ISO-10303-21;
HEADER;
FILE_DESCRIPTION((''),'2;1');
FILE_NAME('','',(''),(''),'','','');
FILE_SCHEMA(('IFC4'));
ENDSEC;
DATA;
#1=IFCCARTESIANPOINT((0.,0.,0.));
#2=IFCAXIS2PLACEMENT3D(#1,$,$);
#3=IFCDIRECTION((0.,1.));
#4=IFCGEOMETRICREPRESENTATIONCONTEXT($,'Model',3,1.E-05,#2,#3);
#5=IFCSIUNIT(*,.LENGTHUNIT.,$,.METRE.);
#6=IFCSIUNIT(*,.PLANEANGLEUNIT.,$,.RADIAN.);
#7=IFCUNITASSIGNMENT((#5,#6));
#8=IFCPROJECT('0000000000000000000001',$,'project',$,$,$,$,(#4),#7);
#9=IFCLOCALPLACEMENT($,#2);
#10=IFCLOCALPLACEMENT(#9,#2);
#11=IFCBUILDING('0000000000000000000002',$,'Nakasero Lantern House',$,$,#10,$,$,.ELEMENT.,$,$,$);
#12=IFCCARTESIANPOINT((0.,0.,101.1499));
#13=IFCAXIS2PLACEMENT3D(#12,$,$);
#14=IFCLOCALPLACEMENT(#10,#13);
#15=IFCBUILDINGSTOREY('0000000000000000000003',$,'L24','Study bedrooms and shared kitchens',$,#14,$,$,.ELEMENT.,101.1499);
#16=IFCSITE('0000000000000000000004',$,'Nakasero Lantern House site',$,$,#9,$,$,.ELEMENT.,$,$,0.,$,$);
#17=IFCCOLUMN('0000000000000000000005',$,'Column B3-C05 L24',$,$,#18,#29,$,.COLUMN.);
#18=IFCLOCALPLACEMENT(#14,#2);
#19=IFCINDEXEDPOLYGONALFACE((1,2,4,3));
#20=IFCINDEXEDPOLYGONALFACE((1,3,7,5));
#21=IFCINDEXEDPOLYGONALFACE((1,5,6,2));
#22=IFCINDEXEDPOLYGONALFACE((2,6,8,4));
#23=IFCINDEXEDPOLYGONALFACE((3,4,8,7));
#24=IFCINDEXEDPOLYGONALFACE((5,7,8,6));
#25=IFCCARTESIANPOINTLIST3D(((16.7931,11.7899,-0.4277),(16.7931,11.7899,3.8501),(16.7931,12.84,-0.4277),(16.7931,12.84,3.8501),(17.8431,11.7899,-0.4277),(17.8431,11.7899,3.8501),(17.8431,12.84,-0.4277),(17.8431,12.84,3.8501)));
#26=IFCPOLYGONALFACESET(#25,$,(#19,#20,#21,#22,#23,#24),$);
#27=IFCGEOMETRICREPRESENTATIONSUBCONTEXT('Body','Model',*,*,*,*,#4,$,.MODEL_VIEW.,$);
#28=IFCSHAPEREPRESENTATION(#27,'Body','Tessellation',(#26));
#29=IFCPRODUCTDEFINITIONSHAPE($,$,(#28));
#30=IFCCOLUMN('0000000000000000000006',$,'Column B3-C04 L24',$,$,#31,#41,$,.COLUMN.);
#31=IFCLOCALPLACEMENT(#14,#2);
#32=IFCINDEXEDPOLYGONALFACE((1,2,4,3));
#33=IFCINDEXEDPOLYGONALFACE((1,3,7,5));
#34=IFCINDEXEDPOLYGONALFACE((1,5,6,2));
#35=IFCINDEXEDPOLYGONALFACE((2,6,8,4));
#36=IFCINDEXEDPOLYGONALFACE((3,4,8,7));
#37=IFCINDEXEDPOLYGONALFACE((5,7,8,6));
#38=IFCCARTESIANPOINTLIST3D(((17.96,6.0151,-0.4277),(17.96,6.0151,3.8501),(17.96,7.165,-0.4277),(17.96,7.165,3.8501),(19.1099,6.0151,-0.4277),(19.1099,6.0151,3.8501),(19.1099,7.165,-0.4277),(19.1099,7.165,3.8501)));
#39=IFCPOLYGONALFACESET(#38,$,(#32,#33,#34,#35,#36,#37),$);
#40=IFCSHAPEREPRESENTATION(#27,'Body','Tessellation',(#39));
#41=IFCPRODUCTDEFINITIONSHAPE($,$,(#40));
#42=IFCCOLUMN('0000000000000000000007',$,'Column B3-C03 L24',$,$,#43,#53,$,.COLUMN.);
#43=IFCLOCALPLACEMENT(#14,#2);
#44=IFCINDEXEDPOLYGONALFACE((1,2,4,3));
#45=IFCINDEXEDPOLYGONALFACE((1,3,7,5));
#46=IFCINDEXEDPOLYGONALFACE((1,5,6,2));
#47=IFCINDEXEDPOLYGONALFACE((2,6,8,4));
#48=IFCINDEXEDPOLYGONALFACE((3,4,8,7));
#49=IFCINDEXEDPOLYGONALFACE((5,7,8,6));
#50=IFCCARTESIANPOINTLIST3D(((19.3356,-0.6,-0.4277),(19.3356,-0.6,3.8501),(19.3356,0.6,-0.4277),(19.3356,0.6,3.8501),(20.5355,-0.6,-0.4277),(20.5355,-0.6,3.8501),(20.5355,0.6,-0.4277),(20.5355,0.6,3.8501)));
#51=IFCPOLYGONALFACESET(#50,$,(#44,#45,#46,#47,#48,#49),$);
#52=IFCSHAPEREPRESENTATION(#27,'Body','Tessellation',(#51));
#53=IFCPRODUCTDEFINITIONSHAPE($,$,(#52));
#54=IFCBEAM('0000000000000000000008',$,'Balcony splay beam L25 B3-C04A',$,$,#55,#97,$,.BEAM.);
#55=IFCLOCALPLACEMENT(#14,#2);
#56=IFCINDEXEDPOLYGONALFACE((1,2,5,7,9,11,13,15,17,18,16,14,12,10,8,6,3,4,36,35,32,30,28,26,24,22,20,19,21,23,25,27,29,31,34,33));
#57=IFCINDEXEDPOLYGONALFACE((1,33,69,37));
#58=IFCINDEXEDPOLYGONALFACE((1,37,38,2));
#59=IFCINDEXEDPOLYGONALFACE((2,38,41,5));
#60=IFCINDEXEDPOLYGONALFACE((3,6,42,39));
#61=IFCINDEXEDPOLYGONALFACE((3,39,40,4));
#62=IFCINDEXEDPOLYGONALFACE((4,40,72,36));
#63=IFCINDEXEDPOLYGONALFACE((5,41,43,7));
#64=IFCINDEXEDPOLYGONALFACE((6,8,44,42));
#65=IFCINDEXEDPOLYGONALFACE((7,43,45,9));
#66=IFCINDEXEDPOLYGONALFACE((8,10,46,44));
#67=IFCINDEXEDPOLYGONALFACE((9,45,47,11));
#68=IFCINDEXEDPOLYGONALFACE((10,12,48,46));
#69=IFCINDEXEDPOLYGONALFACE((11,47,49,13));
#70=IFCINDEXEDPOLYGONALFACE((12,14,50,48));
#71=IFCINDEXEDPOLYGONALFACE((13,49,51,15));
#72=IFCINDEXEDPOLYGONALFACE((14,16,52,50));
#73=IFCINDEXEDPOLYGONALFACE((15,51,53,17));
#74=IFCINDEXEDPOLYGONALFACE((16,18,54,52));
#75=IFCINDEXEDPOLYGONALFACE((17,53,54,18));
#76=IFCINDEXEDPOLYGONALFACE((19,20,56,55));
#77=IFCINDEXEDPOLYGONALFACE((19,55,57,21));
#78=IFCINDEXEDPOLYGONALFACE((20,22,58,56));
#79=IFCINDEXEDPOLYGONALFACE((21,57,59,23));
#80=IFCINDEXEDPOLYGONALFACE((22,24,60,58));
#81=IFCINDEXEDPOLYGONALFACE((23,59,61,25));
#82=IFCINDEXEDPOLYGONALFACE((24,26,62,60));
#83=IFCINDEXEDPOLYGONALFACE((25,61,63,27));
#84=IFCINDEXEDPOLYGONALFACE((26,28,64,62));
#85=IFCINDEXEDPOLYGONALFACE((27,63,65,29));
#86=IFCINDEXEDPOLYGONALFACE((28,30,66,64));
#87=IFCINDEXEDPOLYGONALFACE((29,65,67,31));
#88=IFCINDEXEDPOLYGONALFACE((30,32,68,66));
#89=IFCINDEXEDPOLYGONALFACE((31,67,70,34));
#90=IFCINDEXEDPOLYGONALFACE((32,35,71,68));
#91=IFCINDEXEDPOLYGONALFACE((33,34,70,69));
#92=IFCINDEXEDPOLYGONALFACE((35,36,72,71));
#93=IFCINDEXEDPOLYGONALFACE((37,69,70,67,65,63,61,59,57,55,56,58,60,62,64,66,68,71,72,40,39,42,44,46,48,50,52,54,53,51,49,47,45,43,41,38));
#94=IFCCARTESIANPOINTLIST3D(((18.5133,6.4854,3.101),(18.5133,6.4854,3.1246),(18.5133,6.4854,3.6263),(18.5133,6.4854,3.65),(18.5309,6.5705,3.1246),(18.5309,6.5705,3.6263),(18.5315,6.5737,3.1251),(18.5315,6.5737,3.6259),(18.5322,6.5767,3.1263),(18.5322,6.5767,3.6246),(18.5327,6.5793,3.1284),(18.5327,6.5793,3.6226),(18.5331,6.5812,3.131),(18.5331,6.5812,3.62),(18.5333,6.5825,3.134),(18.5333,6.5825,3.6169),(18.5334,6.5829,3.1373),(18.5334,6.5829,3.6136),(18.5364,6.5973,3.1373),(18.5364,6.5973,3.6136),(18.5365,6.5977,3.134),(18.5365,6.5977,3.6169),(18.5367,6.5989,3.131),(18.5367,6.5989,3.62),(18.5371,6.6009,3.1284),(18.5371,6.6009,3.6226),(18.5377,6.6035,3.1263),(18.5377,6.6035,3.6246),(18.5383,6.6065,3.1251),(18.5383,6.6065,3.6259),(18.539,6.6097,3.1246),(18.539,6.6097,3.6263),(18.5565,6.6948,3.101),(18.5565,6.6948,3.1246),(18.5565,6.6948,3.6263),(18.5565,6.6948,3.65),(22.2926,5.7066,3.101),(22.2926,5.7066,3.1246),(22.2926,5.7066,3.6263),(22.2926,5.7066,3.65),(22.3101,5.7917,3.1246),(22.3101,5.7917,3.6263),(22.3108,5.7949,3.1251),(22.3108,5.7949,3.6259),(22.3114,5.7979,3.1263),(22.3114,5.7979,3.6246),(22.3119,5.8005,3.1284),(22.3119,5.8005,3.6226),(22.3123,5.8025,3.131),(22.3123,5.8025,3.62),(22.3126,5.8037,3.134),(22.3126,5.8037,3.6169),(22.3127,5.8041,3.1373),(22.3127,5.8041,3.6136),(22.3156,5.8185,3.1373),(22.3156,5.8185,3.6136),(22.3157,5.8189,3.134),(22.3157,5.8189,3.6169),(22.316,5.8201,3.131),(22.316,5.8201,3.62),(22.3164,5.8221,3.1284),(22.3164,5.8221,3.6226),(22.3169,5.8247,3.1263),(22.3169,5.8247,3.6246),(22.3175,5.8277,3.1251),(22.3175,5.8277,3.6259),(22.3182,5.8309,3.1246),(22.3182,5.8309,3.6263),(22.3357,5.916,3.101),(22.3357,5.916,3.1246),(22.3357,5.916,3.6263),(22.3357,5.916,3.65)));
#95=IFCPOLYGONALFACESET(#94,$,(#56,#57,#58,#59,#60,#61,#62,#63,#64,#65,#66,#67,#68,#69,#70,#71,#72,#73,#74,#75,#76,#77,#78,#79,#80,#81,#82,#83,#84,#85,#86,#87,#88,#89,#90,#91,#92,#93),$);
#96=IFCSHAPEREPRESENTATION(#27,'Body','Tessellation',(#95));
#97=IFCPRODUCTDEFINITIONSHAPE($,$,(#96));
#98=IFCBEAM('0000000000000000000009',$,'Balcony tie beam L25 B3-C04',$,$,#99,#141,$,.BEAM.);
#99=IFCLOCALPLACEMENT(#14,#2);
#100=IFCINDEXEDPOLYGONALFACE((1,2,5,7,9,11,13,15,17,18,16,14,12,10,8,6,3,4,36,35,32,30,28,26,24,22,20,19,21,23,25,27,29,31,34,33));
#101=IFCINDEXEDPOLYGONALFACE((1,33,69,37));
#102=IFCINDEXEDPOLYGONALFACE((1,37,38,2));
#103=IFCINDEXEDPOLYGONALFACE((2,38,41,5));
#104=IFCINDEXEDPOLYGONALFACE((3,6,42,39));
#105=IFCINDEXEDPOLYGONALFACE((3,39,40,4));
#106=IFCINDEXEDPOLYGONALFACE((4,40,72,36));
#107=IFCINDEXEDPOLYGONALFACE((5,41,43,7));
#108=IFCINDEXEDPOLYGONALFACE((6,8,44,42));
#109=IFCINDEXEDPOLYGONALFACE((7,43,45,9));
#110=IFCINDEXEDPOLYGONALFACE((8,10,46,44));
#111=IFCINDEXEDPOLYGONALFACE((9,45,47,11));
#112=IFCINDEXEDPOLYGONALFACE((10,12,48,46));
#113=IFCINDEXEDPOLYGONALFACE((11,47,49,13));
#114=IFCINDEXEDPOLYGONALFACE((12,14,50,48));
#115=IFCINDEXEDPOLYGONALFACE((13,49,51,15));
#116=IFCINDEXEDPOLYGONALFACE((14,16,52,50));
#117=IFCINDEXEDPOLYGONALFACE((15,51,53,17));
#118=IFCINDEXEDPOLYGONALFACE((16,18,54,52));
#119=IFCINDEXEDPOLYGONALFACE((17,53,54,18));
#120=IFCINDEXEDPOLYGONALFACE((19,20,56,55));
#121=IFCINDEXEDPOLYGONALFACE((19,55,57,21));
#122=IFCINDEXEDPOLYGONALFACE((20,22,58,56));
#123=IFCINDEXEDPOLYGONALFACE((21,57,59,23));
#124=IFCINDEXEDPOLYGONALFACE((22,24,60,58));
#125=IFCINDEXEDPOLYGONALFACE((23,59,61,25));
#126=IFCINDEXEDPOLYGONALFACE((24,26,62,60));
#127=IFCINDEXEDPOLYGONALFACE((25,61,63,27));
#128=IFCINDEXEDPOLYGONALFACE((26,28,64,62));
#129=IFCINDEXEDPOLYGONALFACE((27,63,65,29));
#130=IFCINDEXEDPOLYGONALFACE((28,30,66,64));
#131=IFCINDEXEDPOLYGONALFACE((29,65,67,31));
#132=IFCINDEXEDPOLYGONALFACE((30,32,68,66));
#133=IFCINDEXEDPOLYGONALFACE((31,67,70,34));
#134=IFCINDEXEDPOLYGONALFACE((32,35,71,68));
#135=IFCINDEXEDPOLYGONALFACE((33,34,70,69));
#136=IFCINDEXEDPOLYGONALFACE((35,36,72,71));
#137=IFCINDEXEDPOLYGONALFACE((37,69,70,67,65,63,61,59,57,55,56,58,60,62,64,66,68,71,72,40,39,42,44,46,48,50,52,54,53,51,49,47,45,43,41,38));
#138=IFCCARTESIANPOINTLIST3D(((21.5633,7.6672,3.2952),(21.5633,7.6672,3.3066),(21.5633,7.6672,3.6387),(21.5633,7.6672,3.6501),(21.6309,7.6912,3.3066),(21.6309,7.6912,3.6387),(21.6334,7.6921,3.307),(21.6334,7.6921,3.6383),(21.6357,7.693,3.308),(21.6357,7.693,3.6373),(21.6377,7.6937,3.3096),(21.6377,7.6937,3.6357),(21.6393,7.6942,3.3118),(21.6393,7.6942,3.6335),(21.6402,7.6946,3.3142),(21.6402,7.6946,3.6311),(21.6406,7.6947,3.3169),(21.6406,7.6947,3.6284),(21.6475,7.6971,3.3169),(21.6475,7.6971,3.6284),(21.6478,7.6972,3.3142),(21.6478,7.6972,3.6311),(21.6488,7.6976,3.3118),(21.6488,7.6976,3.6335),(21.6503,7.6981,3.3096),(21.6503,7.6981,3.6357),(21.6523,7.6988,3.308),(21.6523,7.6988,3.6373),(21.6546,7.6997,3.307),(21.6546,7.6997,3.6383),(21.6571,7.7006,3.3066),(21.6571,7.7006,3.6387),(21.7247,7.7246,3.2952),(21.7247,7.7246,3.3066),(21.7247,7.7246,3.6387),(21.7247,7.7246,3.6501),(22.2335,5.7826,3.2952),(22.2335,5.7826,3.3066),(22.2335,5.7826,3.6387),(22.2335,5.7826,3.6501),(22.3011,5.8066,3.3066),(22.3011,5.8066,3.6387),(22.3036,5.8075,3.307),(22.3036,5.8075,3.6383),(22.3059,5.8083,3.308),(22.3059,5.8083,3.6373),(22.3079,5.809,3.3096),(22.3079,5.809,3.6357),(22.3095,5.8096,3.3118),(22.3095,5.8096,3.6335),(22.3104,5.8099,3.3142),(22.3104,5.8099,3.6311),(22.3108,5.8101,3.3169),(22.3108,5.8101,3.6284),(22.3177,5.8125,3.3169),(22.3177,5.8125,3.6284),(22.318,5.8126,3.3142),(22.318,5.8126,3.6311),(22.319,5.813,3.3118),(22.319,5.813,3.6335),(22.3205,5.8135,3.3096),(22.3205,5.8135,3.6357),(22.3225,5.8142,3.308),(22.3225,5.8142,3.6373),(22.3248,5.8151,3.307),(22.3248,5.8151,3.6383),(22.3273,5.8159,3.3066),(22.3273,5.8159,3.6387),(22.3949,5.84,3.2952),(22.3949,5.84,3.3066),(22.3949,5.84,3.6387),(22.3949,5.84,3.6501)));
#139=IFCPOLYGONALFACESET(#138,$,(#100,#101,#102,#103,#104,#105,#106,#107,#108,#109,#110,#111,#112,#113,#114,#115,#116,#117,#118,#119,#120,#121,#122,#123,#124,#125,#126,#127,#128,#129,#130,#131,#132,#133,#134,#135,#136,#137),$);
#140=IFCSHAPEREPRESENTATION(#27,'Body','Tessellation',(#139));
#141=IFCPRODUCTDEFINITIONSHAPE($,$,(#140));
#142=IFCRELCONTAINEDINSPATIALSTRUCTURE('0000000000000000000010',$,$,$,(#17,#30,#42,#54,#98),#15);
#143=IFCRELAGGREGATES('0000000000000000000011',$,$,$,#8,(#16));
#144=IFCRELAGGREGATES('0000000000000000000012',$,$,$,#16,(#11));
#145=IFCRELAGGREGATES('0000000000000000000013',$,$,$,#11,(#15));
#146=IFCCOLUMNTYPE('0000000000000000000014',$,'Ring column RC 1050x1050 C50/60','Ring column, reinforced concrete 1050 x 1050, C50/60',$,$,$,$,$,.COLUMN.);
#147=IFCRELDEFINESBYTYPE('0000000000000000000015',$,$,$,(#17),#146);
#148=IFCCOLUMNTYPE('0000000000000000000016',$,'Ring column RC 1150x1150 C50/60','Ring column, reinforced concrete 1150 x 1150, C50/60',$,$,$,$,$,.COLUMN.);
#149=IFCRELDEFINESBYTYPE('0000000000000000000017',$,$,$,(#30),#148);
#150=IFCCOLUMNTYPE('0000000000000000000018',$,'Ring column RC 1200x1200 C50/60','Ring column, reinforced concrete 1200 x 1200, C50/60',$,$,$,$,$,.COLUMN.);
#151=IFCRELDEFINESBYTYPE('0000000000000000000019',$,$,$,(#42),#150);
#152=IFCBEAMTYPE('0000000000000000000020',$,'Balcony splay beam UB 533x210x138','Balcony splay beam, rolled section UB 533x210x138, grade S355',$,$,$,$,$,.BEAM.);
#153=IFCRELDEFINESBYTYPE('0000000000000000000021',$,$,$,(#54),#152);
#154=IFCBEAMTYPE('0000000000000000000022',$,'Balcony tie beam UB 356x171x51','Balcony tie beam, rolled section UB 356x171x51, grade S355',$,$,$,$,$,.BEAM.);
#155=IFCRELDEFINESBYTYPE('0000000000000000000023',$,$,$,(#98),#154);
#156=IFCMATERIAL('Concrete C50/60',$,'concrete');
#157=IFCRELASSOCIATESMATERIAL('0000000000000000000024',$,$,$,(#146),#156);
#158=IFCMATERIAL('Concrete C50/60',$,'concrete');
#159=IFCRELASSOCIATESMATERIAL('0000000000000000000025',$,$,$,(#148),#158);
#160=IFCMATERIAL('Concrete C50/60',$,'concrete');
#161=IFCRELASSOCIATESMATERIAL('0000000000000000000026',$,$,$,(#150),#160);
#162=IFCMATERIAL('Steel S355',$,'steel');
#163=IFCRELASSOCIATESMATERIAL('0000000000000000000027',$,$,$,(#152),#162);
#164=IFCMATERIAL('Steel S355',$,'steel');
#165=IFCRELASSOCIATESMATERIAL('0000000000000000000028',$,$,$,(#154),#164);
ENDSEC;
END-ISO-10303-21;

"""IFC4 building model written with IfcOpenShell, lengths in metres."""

from ifc_helpers import new_model, si_unit, direction, frame, origin, origin_2d, place, context, subcontext, project, spatial, rectangle, i_section, extrude, material, material_profile, profile_set, type_object, element, save


model = new_model("IFC4")

# Units and contexts
model_context = context("Model", 3, precision=1e-05, world=origin(), true_north=direction((0.0, 1.0)))
body_context = subcontext(model_context, "Body", "Model", "MODEL_VIEW")
ifc_project = project(units=[si_unit("LENGTHUNIT", "METRE"), si_unit("PLANEANGLEUNIT", "RADIAN")], contexts=[model_context])

# Site, building, storey
site_placement = place(None, origin())
site = spatial("IfcSite", under=ifc_project, at=site_placement, Name="Nakasero Lantern House site", CompositionType="ELEMENT", RefElevation=0.0)
building_placement = place(site_placement, origin())
building = spatial("IfcBuilding", under=site, at=building_placement, Name="Nakasero Lantern House", CompositionType="ELEMENT")
storey_placement = place(building_placement, frame((0.0, 0.0, 101.1499)))
storey = spatial("IfcBuildingStorey", under=building, at=storey_placement, Name="L24", Description="Study bedrooms and shared kitchens", CompositionType="ELEMENT", Elevation=101.1499)

# Columns
ifc_material_1 = material(Name="Concrete C50/60", Category="concrete")
ifc_material_profile_1 = material_profile(ifc_material_1, rectangle(XDim=1.05, YDim=1.05, at=origin_2d()), Name="RC 1050x1050")
ifc_profile_set_1 = profile_set([ifc_material_profile_1], Name="Concrete C50/60")
column_type_1 = type_object("IfcColumnType", Name="Ring column RC 1050x1050 C50/60", Description="Ring column, reinforced concrete 1050 x 1050, C50/60", PredefinedType="COLUMN", material=ifc_profile_set_1)
column_1_placement = place(storey_placement, frame((17.3181, 12.3149, -0.4277), z_axis=(0.0, 0.0, 1.0), x_axis=(1.0, 0.0, 0.0)))
element("IfcColumn", 1, at=column_1_placement, inside=storey, type_object=column_type_1, Name="Column B3-C05 L24", PredefinedType="COLUMN", context=body_context, shape_type="SweptSolid", body=[
    extrude(rectangle(XDim=1.05, YDim=1.05, at=origin_2d()), origin(), (0.0, 0.0, 1.0), 4.2778),
])
ifc_material_2 = material(Name="Concrete C50/60", Category="concrete")
ifc_material_profile_2 = material_profile(ifc_material_2, rectangle(XDim=1.1499, YDim=1.1499, at=origin_2d()), Name="RC 1150x1150")
ifc_profile_set_2 = profile_set([ifc_material_profile_2], Name="Concrete C50/60")
column_type_2 = type_object("IfcColumnType", Name="Ring column RC 1150x1150 C50/60", Description="Ring column, reinforced concrete 1150 x 1150, C50/60", PredefinedType="COLUMN", material=ifc_profile_set_2)
column_2_placement = place(storey_placement, frame((18.5349, 6.5901, -0.4277), z_axis=(0.0, 0.0, 1.0), x_axis=(1.0, 0.0, 0.0)))
element("IfcColumn", 2, at=column_2_placement, inside=storey, type_object=column_type_2, Name="Column B3-C04 L24", PredefinedType="COLUMN", context=body_context, shape_type="SweptSolid", body=[
    extrude(rectangle(XDim=1.1499, YDim=1.1499, at=origin_2d()), origin(), (0.0, 0.0, 1.0), 4.2778),
])
ifc_material_3 = material(Name="Concrete C50/60", Category="concrete")
ifc_material_profile_3 = material_profile(ifc_material_3, rectangle(XDim=1.2, YDim=1.2, at=origin_2d()), Name="RC 1200x1200")
ifc_profile_set_3 = profile_set([ifc_material_profile_3], Name="Concrete C50/60")
column_type_3 = type_object("IfcColumnType", Name="Ring column RC 1200x1200 C50/60", Description="Ring column, reinforced concrete 1200 x 1200, C50/60", PredefinedType="COLUMN", material=ifc_profile_set_3)
column_3_placement = place(storey_placement, frame((19.9355, 0.0, -0.4277), z_axis=(0.0, 0.0, 1.0), x_axis=(1.0, 0.0, 0.0)))
element("IfcColumn", 3, at=column_3_placement, inside=storey, type_object=column_type_3, Name="Column B3-C03 L24", PredefinedType="COLUMN", context=body_context, shape_type="SweptSolid", body=[
    extrude(rectangle(XDim=1.2, YDim=1.2, at=origin_2d()), origin(), (0.0, 0.0, 1.0), 4.2778),
])

# Beams
ifc_material_4 = material(Name="Steel S355", Category="steel")
ifc_material_profile_4 = material_profile(ifc_material_4, i_section(OverallWidth=0.2139, OverallDepth=0.5491, WebThickness=0.0146, FlangeThickness=0.0237, FilletRadius=0.0127, at=origin_2d()), Name="UB 533x210x138")
ifc_profile_set_4 = profile_set([ifc_material_profile_4], Name="Steel S355")
beam_type_1 = type_object("IfcBeamType", Name="Balcony splay beam UB 533x210x138", Description="Balcony splay beam, rolled section UB 533x210x138, grade S355", PredefinedType="BEAM", material=ifc_profile_set_4)
beam_1_placement = place(storey_placement, frame((18.5349, 6.5901, 3.3755), z_axis=(0.97942, -0.201831, 0.0), x_axis=(0.201831, 0.97942, 0.0)))
element("IfcBeam", 4, at=beam_1_placement, inside=storey, type_object=beam_type_1, Name="Balcony splay beam L25 B3-C04A", PredefinedType="BEAM", context=body_context, shape_type="SweptSolid", body=[
    extrude(i_section(OverallWidth=0.2139, OverallDepth=0.5491, WebThickness=0.0146, FlangeThickness=0.0237, FilletRadius=0.0127, at=origin_2d()), origin(), (0.0, 0.0, 1.0), 3.8586),
])
ifc_material_5 = material(Name="Steel S355", Category="steel")
ifc_material_profile_5 = material_profile(ifc_material_5, i_section(OverallWidth=0.1714, OverallDepth=0.355, WebThickness=0.0073, FlangeThickness=0.0115, FilletRadius=0.0103, at=origin_2d()), Name="UB 356x171x51")
ifc_profile_set_5 = profile_set([ifc_material_profile_5], Name="Steel S355")
beam_type_2 = type_object("IfcBeamType", Name="Balcony tie beam UB 356x171x51", Description="Balcony tie beam, rolled section UB 356x171x51, grade S355", PredefinedType="BEAM", material=ifc_profile_set_5)
beam_2_placement = place(storey_placement, frame((22.3142, 5.8113, 3.4727), z_axis=(-0.33506, 0.942197, 0.0), x_axis=(-0.942197, -0.33506, 0.0)))
element("IfcBeam", 5, at=beam_2_placement, inside=storey, type_object=beam_type_2, Name="Balcony tie beam L25 B3-C04", PredefinedType="BEAM", context=body_context, shape_type="SweptSolid", body=[
    extrude(i_section(OverallWidth=0.1714, OverallDepth=0.355, WebThickness=0.0073, FlangeThickness=0.0115, FilletRadius=0.0103, at=origin_2d()), origin(), (0.0, 0.0, 1.0), 2.0002),
])

save(model, "model.ifc")
